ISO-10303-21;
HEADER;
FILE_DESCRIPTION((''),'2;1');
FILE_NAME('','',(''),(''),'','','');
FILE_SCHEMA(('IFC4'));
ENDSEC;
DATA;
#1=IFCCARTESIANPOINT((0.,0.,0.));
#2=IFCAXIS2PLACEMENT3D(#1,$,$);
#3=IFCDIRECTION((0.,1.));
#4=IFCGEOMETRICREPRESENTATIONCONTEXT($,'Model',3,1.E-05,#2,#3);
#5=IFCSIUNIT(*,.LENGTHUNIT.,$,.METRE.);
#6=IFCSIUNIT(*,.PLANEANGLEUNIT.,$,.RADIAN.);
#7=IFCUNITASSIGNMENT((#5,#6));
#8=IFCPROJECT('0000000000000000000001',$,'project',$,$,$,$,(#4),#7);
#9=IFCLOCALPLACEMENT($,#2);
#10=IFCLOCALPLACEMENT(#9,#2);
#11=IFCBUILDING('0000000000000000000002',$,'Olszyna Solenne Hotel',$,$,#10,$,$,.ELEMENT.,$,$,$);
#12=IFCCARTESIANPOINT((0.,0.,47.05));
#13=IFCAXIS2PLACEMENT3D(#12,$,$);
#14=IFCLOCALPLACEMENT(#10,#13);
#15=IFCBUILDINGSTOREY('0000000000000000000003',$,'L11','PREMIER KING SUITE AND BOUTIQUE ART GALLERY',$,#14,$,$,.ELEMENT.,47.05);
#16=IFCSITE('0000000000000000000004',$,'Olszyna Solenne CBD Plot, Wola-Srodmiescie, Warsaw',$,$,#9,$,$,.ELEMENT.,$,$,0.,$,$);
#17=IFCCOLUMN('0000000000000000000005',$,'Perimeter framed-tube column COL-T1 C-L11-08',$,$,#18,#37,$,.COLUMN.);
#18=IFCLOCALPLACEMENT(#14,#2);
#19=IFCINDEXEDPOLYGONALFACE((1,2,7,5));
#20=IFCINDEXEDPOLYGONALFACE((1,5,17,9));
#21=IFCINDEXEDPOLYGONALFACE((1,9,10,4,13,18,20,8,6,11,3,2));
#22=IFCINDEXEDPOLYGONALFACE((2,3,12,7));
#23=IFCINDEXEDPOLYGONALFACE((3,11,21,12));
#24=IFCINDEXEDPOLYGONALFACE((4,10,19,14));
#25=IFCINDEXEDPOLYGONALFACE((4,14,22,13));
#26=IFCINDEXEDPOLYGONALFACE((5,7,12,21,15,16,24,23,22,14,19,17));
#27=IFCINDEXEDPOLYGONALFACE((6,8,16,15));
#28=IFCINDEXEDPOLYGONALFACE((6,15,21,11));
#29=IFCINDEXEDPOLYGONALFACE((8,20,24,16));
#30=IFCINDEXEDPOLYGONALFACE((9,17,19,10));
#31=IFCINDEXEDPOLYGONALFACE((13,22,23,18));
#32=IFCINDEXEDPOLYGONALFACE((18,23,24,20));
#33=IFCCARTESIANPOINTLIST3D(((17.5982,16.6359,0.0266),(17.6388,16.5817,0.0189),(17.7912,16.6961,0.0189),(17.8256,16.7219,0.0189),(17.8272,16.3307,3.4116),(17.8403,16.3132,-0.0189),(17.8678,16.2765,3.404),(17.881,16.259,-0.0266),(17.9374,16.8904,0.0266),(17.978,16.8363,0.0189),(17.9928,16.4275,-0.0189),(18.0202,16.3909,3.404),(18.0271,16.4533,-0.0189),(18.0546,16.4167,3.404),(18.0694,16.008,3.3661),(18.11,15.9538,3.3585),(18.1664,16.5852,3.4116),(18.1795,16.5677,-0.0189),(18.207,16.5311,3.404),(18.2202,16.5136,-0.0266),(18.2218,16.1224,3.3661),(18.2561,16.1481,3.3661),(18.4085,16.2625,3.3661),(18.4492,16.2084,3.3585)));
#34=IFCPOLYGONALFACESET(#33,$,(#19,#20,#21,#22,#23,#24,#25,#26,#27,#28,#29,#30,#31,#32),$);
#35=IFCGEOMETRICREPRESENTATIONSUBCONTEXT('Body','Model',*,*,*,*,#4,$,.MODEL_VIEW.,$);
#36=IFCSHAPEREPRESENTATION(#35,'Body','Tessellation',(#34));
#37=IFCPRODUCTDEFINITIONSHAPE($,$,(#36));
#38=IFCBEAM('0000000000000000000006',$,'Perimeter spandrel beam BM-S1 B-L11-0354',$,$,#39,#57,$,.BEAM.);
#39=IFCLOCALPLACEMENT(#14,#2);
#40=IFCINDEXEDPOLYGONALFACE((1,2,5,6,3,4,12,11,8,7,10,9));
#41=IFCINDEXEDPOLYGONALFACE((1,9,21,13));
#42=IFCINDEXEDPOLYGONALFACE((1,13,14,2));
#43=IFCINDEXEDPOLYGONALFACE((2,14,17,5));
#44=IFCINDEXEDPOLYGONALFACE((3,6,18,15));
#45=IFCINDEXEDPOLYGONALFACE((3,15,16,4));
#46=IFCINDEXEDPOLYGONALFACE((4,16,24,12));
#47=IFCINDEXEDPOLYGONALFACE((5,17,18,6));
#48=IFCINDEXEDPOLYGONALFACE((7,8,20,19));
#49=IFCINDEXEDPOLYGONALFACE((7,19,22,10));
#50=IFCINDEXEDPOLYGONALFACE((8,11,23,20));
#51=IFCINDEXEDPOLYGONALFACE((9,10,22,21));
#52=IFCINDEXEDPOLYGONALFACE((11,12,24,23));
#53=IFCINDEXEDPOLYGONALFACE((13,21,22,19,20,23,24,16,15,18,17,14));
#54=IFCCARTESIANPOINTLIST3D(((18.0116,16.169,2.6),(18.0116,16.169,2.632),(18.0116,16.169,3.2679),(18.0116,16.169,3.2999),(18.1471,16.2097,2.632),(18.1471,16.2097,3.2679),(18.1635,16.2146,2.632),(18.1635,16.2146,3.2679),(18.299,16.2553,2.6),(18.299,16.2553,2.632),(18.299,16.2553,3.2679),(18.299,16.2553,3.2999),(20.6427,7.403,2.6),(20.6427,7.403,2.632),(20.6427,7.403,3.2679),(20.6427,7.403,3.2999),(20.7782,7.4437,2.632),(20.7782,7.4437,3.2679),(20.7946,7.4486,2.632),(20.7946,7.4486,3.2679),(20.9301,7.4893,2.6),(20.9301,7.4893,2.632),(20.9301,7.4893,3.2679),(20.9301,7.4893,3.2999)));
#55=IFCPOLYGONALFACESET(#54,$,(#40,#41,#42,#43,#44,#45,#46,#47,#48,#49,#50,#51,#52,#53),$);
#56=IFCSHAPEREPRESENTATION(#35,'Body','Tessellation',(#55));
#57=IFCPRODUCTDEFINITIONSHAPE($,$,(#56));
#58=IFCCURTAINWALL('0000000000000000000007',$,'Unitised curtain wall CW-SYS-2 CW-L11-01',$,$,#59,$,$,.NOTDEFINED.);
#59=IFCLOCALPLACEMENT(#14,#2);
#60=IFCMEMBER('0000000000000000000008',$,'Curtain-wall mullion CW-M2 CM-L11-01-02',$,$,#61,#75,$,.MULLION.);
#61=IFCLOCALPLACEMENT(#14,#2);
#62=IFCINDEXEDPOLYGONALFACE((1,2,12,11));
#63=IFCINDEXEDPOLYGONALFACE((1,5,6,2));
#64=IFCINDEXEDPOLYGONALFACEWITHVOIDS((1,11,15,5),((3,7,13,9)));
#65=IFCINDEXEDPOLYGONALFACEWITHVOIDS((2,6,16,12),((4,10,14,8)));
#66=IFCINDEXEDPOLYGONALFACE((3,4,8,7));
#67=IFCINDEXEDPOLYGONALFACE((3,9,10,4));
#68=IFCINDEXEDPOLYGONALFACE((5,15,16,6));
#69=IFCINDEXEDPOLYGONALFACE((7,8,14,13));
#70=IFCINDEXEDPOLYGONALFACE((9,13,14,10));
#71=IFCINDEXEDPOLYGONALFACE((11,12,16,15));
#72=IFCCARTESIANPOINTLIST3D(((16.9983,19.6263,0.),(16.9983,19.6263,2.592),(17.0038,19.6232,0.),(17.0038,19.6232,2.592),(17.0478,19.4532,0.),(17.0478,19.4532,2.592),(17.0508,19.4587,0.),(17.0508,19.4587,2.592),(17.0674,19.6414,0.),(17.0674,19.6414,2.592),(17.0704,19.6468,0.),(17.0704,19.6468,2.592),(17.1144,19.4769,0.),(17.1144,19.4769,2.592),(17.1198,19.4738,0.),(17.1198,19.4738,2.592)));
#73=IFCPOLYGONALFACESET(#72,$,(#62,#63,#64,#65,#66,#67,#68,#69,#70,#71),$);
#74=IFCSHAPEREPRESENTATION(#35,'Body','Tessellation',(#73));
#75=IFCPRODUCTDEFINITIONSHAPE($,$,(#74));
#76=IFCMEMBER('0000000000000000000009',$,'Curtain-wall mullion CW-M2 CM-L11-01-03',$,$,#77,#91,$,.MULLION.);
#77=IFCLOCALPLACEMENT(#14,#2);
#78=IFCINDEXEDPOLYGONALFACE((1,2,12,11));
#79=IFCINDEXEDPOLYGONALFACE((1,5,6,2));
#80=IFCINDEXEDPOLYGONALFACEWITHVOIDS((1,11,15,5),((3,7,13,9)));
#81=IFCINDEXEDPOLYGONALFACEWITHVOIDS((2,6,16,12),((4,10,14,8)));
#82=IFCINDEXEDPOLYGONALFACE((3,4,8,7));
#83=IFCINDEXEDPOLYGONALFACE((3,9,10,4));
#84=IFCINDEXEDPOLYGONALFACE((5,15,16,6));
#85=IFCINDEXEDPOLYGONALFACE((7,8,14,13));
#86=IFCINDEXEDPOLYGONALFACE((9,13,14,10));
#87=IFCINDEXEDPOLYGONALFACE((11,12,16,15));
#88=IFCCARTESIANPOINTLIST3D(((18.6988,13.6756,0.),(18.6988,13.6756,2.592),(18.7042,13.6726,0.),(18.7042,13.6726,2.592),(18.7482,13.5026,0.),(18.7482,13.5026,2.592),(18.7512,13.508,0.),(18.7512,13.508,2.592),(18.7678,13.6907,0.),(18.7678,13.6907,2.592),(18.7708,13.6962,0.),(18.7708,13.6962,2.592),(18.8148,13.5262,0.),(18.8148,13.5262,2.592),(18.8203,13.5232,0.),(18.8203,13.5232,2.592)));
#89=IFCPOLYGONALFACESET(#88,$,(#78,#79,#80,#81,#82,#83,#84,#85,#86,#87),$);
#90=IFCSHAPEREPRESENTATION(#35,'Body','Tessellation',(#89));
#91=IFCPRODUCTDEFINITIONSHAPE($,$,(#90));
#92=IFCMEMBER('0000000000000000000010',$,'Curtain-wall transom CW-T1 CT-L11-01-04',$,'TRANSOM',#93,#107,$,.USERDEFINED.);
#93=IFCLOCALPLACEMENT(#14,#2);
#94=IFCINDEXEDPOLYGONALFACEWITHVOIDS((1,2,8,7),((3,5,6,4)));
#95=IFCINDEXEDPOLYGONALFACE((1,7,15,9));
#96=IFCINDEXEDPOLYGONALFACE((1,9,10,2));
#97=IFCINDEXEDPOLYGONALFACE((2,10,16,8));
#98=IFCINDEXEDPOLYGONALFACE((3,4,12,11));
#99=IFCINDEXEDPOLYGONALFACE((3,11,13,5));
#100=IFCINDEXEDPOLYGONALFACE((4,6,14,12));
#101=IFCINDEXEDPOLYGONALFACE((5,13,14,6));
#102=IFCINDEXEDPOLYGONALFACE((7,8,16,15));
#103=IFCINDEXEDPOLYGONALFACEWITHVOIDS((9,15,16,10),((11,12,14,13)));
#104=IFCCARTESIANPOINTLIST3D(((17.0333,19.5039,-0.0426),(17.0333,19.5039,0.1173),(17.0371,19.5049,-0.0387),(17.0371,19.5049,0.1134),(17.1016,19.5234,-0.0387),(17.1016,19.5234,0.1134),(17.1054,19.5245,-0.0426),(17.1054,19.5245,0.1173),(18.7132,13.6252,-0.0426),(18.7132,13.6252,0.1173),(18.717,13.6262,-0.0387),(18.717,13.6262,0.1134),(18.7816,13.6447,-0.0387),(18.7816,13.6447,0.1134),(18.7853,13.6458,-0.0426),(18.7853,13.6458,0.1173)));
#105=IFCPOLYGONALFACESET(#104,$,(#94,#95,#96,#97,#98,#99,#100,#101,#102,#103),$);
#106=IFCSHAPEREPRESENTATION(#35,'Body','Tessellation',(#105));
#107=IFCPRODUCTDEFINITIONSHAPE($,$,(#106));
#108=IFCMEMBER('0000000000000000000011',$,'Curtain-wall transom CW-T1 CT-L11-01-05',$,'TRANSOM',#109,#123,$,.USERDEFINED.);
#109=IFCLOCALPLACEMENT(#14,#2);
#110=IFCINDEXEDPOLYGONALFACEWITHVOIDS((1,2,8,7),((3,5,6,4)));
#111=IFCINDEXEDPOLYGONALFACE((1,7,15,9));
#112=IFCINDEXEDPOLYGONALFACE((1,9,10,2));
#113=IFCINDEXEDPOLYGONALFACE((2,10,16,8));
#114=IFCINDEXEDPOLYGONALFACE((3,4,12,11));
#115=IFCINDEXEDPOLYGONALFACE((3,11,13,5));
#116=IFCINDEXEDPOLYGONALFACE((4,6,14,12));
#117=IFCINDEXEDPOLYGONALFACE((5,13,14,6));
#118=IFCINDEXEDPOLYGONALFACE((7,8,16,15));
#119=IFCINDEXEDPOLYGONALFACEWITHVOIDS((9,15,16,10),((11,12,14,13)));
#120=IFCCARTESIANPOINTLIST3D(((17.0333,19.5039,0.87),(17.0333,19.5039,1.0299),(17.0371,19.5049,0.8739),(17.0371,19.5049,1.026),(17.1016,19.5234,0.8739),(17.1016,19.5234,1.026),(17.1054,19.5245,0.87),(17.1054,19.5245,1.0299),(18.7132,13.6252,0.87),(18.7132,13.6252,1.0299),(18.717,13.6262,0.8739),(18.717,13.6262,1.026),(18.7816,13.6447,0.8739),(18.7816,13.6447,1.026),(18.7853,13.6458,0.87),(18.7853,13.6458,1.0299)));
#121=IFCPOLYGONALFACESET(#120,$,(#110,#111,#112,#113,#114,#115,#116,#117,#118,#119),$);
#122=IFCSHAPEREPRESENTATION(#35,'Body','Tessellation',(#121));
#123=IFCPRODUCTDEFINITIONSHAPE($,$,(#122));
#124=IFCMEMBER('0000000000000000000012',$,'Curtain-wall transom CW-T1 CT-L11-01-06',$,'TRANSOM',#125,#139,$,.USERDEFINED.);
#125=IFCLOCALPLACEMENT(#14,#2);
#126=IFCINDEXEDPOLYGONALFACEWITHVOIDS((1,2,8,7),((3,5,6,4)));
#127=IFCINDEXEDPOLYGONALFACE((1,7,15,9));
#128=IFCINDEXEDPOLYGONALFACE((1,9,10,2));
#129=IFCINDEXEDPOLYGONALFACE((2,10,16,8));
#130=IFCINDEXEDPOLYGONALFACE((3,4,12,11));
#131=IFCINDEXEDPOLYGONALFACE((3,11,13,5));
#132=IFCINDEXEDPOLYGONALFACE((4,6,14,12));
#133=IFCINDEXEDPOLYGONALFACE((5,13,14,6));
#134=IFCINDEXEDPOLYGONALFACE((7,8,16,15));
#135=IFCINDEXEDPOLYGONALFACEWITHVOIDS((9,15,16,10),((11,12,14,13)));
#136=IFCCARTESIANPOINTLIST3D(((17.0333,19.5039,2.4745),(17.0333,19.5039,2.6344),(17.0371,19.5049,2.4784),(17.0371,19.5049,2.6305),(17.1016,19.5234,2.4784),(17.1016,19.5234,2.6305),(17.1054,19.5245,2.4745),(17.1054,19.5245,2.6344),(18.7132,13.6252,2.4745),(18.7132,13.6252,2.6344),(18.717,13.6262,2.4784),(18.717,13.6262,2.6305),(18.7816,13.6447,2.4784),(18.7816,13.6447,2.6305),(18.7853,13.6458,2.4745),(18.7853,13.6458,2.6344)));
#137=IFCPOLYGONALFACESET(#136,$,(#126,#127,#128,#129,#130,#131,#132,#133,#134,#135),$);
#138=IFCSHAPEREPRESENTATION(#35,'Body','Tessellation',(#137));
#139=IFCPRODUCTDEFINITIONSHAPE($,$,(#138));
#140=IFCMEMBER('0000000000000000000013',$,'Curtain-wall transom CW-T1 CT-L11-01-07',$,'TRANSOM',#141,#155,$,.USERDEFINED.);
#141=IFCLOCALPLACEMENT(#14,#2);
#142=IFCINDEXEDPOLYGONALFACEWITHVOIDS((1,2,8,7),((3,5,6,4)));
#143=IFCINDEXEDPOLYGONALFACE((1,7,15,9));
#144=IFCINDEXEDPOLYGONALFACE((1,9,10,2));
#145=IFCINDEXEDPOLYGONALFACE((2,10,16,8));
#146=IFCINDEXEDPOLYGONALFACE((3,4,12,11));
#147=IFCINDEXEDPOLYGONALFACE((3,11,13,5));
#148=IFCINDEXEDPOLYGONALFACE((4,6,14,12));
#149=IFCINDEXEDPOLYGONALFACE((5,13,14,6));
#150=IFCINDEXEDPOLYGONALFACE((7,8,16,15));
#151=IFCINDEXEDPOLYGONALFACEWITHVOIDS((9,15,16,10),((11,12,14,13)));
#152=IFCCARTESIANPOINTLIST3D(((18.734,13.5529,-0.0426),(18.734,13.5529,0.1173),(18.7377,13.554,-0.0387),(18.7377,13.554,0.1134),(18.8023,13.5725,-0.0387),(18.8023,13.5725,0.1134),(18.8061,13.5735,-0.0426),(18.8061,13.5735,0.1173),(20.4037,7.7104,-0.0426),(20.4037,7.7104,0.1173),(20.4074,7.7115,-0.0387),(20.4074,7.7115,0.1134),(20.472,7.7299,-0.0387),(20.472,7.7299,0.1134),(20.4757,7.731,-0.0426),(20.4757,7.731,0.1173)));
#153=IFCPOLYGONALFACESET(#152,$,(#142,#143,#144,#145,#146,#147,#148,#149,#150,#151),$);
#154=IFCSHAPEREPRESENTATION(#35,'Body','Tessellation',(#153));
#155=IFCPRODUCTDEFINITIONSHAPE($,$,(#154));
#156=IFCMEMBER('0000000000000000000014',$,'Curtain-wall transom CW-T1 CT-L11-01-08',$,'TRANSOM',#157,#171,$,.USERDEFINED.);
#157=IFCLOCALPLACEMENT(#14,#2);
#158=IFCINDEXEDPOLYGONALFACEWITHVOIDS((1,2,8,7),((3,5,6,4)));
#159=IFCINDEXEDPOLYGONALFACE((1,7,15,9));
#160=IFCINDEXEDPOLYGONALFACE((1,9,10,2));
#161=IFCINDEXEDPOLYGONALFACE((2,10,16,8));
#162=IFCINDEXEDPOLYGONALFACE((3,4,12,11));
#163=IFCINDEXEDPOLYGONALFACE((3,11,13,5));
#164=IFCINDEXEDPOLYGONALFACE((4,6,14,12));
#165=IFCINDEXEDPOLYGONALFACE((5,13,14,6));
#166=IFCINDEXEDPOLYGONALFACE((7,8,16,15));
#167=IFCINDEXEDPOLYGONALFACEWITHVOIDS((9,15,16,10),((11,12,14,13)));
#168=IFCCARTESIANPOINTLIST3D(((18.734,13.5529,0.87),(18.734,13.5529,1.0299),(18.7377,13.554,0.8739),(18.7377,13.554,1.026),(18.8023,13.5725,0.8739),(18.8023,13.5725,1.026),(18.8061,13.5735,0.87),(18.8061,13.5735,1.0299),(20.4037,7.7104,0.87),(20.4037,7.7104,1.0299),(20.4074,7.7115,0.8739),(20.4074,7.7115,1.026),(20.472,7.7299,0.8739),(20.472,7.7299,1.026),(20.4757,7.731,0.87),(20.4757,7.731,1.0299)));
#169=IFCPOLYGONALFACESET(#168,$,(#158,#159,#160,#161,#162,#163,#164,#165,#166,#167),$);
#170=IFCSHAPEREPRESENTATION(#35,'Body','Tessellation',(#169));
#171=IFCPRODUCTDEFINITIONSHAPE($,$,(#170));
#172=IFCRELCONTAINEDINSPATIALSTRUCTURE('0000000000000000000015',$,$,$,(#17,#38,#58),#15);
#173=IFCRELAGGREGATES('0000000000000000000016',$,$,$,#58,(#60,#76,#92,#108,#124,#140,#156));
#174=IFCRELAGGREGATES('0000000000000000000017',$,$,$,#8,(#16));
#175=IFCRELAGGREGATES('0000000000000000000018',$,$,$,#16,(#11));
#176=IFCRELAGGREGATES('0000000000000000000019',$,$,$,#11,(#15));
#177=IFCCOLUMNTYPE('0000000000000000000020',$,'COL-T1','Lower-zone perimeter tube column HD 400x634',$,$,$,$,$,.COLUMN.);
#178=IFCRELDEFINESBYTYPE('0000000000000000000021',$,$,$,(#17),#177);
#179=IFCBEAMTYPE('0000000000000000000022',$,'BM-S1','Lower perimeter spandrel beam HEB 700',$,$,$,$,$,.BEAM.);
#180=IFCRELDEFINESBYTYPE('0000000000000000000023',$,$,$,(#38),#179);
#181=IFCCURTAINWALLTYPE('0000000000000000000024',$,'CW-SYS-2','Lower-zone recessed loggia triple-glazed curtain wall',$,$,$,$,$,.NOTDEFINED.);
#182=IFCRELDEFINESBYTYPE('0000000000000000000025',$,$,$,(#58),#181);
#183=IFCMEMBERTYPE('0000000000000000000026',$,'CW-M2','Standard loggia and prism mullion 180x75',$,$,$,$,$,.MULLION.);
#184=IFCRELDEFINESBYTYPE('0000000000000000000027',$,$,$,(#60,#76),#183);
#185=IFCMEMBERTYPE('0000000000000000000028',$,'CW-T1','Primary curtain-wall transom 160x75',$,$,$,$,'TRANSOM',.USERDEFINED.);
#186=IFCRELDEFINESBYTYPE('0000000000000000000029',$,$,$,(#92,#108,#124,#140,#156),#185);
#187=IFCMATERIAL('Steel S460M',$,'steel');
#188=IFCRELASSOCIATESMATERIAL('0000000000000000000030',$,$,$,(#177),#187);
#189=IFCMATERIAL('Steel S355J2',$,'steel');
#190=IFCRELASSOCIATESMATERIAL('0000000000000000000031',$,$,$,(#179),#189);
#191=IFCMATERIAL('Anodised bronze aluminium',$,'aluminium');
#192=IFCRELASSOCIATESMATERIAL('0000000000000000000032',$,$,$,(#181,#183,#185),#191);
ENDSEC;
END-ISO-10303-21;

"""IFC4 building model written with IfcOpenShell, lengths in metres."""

from ifc_helpers import new_model, si_unit, direction, frame, origin, origin_2d, place, context, subcontext, project, spatial, hollow_rectangle, i_section, extrude, source, transform, mapped, material, material_profile, profile_set, type_object, element, aggregate, save


model = new_model("IFC4")

# Units and contexts
model_context = context("Model", 3, precision=1e-05, world=origin(), true_north=direction((0.0, 1.0)))
body_context = subcontext(model_context, "Body", "Model", "MODEL_VIEW")
ifc_project = project(units=[si_unit("LENGTHUNIT", "METRE"), si_unit("PLANEANGLEUNIT", "RADIAN")], contexts=[model_context])

# Site, building, storey
site_placement = place(None, origin())
site = spatial("IfcSite", under=ifc_project, at=site_placement, Name="Olszyna Solenne CBD Plot, Wola-Srodmiescie, Warsaw", CompositionType="ELEMENT", RefElevation=0.0)
building_placement = place(site_placement, origin())
building = spatial("IfcBuilding", under=site, at=building_placement, Name="Olszyna Solenne Hotel", CompositionType="ELEMENT")
storey_placement = place(building_placement, frame((0.0, 0.0, 47.05)))
storey = spatial("IfcBuildingStorey", under=building, at=storey_placement, Name="L11", Description="PREMIER KING SUITE AND BOUTIQUE ART GALLERY", CompositionType="ELEMENT", Elevation=47.05)

# Column
ifc_material_1 = material(Name="Steel S460M", Category="steel")
ifc_material_profile_1 = material_profile(ifc_material_1, i_section(OverallWidth=0.4241, OverallDepth=0.4741, WebThickness=0.043, FlangeThickness=0.0681, at=origin_2d()), Name="HD 400x634", Category="load-bearing")
ifc_profile_set_1 = profile_set([ifc_material_profile_1], Name="Steel S460M")
column_type = type_object("IfcColumnType", Name="COL-T1", Description="Lower-zone perimeter tube column HD 400x634", PredefinedType="COLUMN", material=ifc_profile_set_1)
shared_shape_1 = source(origin(), body_context, "Body", "SweptSolid", [
    extrude(i_section(OverallWidth=0.4241, OverallDepth=0.4741, WebThickness=0.043, FlangeThickness=0.0681, at=origin_2d()), origin(), (0.0, 0.0, 1.0), 3.4065),
])
column_placement = place(storey_placement, frame((17.9092, 16.5747, 0.0), z_axis=(0.067227, -0.089588, 0.993708), x_axis=(0.799846, 0.600205, 0.0)))
element("IfcColumn", 1, at=column_placement, inside=storey, type_object=column_type, Name="Perimeter framed-tube column COL-T1 C-L11-08", PredefinedType="COLUMN", context=body_context, shape_type="MappedRepresentation", body=[
    mapped(shared_shape_1, transform((0.0, 0.0, 0.0), x_axis=(1.0, 0.0, 0.0), y_axis=(0.0, 1.0, 0.0), z_axis=(0.0, 0.0, 1.0), scale=1.0)),
])

# Beam
ifc_material_2 = material(Name="Steel S355J2", Category="steel")
ifc_material_profile_2 = material_profile(ifc_material_2, i_section(OverallWidth=0.3, OverallDepth=0.7, WebThickness=0.0171, FlangeThickness=0.032, at=origin_2d()), Name="HEB 700", Category="load-bearing")
ifc_profile_set_2 = profile_set([ifc_material_profile_2], Name="Steel S355J2")
beam_type = type_object("IfcBeamType", Name="BM-S1", Description="Lower perimeter spandrel beam HEB 700", PredefinedType="BEAM", material=ifc_profile_set_2)
shared_shape_2 = source(origin(), body_context, "Body", "SweptSolid", [
    extrude(i_section(OverallWidth=0.3, OverallDepth=0.7, WebThickness=0.0171, FlangeThickness=0.032, at=origin_2d()), origin(), (0.0, 0.0, 1.0), 9.1523),
])
beam_placement = place(storey_placement, frame((18.1553, 16.2122, 2.95), z_axis=(0.287482, -0.957786, 0.0), x_axis=(0.957786, 0.287482, 0.0)))
element("IfcBeam", 2, at=beam_placement, inside=storey, type_object=beam_type, Name="Perimeter spandrel beam BM-S1 B-L11-0354", PredefinedType="BEAM", context=body_context, shape_type="MappedRepresentation", body=[
    mapped(shared_shape_2, transform((0.0, 0.0, 0.0), x_axis=(1.0, 0.0, 0.0), y_axis=(0.0, 1.0, 0.0), z_axis=(0.0, 0.0, 1.0), scale=1.0)),
])

# Curtain wall, members
ifc_material_3 = material(Name="Anodised bronze aluminium", Category="aluminium")
curtain_wall_type = type_object("IfcCurtainWallType", Name="CW-SYS-2", Description="Lower-zone recessed loggia triple-glazed curtain wall", PredefinedType="NOTDEFINED", material=ifc_material_3)
curtain_wall_placement = place(storey_placement, origin())
curtain_wall = element("IfcCurtainWall", 3, at=curtain_wall_placement, inside=storey, type_object=curtain_wall_type, Name="Unitised curtain wall CW-SYS-2 CW-L11-01", PredefinedType="NOTDEFINED")
ifc_material_profile_3 = material_profile(ifc_material_3, hollow_rectangle(XDim=0.075, YDim=0.1799, WallThickness=0.0044, at=origin_2d()), Name="MULL 180x75x4.5", Category="load-bearing")
ifc_profile_set_3 = profile_set([ifc_material_profile_3], Name="Anodised bronze aluminium")
member_type_1 = type_object("IfcMemberType", Name="CW-M2", Description="Standard loggia and prism mullion 180x75", PredefinedType="MULLION", material=ifc_profile_set_3)
shared_shape_3 = source(origin(), body_context, "Body", "SweptSolid", [
    extrude(hollow_rectangle(XDim=0.075, YDim=0.1799, WallThickness=0.0044, at=origin_2d()), origin(), (0.0, 0.0, 1.0), 2.592),
])
member_1_placement = place(storey_placement, frame((17.0591, 19.55, 0.0), z_axis=(0.0, 0.0, 1.0), x_axis=(0.961508, 0.274775, 0.0)))
member_1 = element("IfcMember", 4, at=member_1_placement, type_object=member_type_1, Name="Curtain-wall mullion CW-M2 CM-L11-01-02", PredefinedType="MULLION", context=body_context, shape_type="MappedRepresentation", body=[
    mapped(shared_shape_3, transform((0.0, 0.0, 0.0), x_axis=(1.0, 0.0, 0.0), y_axis=(0.0, 1.0, 0.0), z_axis=(0.0, 0.0, 1.0), scale=1.0)),
])
member_2_placement = place(storey_placement, frame((18.7595, 13.5994, 0.0), z_axis=(0.0, 0.0, 1.0), x_axis=(0.961508, 0.274775, 0.0)))
member_2 = element("IfcMember", 5, at=member_2_placement, type_object=member_type_1, Name="Curtain-wall mullion CW-M2 CM-L11-01-03", PredefinedType="MULLION", context=body_context, shape_type="MappedRepresentation", body=[
    mapped(shared_shape_3, transform((0.0, 0.0, 0.0), x_axis=(1.0, 0.0, 0.0), y_axis=(0.0, 1.0, 0.0), z_axis=(0.0, 0.0, 1.0), scale=1.0)),
])
ifc_material_profile_4 = material_profile(ifc_material_3, hollow_rectangle(XDim=0.075, YDim=0.1599, WallThickness=0.0039, at=origin_2d()), Name="TRAN 160x75x4", Category="load-bearing")
ifc_profile_set_4 = profile_set([ifc_material_profile_4], Name="Anodised bronze aluminium")
member_type_2 = type_object("IfcMemberType", Name="CW-T1", Description="Primary curtain-wall transom 160x75", ElementType="TRANSOM", PredefinedType="USERDEFINED", material=ifc_profile_set_4)
shared_shape_4 = source(origin(), body_context, "Body", "SweptSolid", [
    extrude(hollow_rectangle(XDim=0.075, YDim=0.1599, WallThickness=0.0039, at=origin_2d()), origin(), (0.0, 0.0, 1.0), 6.114),
])
member_3_placement = place(storey_placement, frame((17.0693, 19.5142, 0.0374), z_axis=(0.274769, -0.96151, 0.0), x_axis=(0.96151, 0.274769, 0.0)))
member_3 = element("IfcMember", 6, at=member_3_placement, type_object=member_type_2, Name="Curtain-wall transom CW-T1 CT-L11-01-04", ObjectType="TRANSOM", PredefinedType="USERDEFINED", context=body_context, shape_type="MappedRepresentation", body=[
    mapped(shared_shape_4, transform((0.0, 0.0, 0.0), x_axis=(1.0, 0.0, 0.0), y_axis=(0.0, 1.0, 0.0), z_axis=(0.0, 0.0, 1.0), scale=1.0)),
])
member_4_placement = place(storey_placement, frame((17.0693, 19.5142, 0.95), z_axis=(0.274769, -0.96151, 0.0), x_axis=(0.96151, 0.274769, 0.0)))
member_4 = element("IfcMember", 7, at=member_4_placement, type_object=member_type_2, Name="Curtain-wall transom CW-T1 CT-L11-01-05", ObjectType="TRANSOM", PredefinedType="USERDEFINED", context=body_context, shape_type="MappedRepresentation", body=[
    mapped(shared_shape_4, transform((0.0, 0.0, 0.0), x_axis=(1.0, 0.0, 0.0), y_axis=(0.0, 1.0, 0.0), z_axis=(0.0, 0.0, 1.0), scale=1.0)),
])
member_5_placement = place(storey_placement, frame((17.0693, 19.5142, 2.5544), z_axis=(0.274769, -0.96151, 0.0), x_axis=(0.96151, 0.274769, 0.0)))
member_5 = element("IfcMember", 8, at=member_5_placement, type_object=member_type_2, Name="Curtain-wall transom CW-T1 CT-L11-01-06", ObjectType="TRANSOM", PredefinedType="USERDEFINED", context=body_context, shape_type="MappedRepresentation", body=[
    mapped(shared_shape_4, transform((0.0, 0.0, 0.0), x_axis=(1.0, 0.0, 0.0), y_axis=(0.0, 1.0, 0.0), z_axis=(0.0, 0.0, 1.0), scale=1.0)),
])
shared_shape_5 = source(origin(), body_context, "Body", "SweptSolid", [
    extrude(hollow_rectangle(XDim=0.075, YDim=0.1599, WallThickness=0.0039, at=origin_2d()), origin(), (0.0, 0.0, 1.0), 6.0764),
])
member_6_placement = place(storey_placement, frame((18.77, 13.5632, 0.0374), z_axis=(0.274779, -0.961507, 0.0), x_axis=(0.961507, 0.274779, 0.0)))
member_6 = element("IfcMember", 9, at=member_6_placement, type_object=member_type_2, Name="Curtain-wall transom CW-T1 CT-L11-01-07", ObjectType="TRANSOM", PredefinedType="USERDEFINED", context=body_context, shape_type="MappedRepresentation", body=[
    mapped(shared_shape_5, transform((0.0, 0.0, 0.0), x_axis=(1.0, 0.0, 0.0), y_axis=(0.0, 1.0, 0.0), z_axis=(0.0, 0.0, 1.0), scale=1.0)),
])
member_7_placement = place(storey_placement, frame((18.77, 13.5632, 0.95), z_axis=(0.274779, -0.961507, 0.0), x_axis=(0.961507, 0.274779, 0.0)))
member_7 = element("IfcMember", 10, at=member_7_placement, type_object=member_type_2, Name="Curtain-wall transom CW-T1 CT-L11-01-08", ObjectType="TRANSOM", PredefinedType="USERDEFINED", context=body_context, shape_type="MappedRepresentation", body=[
    mapped(shared_shape_5, transform((0.0, 0.0, 0.0), x_axis=(1.0, 0.0, 0.0), y_axis=(0.0, 1.0, 0.0), z_axis=(0.0, 0.0, 1.0), scale=1.0)),
])

aggregate(curtain_wall, [member_1, member_2, member_3, member_4, member_5, member_6, member_7])

save(model, "model.ifc")
